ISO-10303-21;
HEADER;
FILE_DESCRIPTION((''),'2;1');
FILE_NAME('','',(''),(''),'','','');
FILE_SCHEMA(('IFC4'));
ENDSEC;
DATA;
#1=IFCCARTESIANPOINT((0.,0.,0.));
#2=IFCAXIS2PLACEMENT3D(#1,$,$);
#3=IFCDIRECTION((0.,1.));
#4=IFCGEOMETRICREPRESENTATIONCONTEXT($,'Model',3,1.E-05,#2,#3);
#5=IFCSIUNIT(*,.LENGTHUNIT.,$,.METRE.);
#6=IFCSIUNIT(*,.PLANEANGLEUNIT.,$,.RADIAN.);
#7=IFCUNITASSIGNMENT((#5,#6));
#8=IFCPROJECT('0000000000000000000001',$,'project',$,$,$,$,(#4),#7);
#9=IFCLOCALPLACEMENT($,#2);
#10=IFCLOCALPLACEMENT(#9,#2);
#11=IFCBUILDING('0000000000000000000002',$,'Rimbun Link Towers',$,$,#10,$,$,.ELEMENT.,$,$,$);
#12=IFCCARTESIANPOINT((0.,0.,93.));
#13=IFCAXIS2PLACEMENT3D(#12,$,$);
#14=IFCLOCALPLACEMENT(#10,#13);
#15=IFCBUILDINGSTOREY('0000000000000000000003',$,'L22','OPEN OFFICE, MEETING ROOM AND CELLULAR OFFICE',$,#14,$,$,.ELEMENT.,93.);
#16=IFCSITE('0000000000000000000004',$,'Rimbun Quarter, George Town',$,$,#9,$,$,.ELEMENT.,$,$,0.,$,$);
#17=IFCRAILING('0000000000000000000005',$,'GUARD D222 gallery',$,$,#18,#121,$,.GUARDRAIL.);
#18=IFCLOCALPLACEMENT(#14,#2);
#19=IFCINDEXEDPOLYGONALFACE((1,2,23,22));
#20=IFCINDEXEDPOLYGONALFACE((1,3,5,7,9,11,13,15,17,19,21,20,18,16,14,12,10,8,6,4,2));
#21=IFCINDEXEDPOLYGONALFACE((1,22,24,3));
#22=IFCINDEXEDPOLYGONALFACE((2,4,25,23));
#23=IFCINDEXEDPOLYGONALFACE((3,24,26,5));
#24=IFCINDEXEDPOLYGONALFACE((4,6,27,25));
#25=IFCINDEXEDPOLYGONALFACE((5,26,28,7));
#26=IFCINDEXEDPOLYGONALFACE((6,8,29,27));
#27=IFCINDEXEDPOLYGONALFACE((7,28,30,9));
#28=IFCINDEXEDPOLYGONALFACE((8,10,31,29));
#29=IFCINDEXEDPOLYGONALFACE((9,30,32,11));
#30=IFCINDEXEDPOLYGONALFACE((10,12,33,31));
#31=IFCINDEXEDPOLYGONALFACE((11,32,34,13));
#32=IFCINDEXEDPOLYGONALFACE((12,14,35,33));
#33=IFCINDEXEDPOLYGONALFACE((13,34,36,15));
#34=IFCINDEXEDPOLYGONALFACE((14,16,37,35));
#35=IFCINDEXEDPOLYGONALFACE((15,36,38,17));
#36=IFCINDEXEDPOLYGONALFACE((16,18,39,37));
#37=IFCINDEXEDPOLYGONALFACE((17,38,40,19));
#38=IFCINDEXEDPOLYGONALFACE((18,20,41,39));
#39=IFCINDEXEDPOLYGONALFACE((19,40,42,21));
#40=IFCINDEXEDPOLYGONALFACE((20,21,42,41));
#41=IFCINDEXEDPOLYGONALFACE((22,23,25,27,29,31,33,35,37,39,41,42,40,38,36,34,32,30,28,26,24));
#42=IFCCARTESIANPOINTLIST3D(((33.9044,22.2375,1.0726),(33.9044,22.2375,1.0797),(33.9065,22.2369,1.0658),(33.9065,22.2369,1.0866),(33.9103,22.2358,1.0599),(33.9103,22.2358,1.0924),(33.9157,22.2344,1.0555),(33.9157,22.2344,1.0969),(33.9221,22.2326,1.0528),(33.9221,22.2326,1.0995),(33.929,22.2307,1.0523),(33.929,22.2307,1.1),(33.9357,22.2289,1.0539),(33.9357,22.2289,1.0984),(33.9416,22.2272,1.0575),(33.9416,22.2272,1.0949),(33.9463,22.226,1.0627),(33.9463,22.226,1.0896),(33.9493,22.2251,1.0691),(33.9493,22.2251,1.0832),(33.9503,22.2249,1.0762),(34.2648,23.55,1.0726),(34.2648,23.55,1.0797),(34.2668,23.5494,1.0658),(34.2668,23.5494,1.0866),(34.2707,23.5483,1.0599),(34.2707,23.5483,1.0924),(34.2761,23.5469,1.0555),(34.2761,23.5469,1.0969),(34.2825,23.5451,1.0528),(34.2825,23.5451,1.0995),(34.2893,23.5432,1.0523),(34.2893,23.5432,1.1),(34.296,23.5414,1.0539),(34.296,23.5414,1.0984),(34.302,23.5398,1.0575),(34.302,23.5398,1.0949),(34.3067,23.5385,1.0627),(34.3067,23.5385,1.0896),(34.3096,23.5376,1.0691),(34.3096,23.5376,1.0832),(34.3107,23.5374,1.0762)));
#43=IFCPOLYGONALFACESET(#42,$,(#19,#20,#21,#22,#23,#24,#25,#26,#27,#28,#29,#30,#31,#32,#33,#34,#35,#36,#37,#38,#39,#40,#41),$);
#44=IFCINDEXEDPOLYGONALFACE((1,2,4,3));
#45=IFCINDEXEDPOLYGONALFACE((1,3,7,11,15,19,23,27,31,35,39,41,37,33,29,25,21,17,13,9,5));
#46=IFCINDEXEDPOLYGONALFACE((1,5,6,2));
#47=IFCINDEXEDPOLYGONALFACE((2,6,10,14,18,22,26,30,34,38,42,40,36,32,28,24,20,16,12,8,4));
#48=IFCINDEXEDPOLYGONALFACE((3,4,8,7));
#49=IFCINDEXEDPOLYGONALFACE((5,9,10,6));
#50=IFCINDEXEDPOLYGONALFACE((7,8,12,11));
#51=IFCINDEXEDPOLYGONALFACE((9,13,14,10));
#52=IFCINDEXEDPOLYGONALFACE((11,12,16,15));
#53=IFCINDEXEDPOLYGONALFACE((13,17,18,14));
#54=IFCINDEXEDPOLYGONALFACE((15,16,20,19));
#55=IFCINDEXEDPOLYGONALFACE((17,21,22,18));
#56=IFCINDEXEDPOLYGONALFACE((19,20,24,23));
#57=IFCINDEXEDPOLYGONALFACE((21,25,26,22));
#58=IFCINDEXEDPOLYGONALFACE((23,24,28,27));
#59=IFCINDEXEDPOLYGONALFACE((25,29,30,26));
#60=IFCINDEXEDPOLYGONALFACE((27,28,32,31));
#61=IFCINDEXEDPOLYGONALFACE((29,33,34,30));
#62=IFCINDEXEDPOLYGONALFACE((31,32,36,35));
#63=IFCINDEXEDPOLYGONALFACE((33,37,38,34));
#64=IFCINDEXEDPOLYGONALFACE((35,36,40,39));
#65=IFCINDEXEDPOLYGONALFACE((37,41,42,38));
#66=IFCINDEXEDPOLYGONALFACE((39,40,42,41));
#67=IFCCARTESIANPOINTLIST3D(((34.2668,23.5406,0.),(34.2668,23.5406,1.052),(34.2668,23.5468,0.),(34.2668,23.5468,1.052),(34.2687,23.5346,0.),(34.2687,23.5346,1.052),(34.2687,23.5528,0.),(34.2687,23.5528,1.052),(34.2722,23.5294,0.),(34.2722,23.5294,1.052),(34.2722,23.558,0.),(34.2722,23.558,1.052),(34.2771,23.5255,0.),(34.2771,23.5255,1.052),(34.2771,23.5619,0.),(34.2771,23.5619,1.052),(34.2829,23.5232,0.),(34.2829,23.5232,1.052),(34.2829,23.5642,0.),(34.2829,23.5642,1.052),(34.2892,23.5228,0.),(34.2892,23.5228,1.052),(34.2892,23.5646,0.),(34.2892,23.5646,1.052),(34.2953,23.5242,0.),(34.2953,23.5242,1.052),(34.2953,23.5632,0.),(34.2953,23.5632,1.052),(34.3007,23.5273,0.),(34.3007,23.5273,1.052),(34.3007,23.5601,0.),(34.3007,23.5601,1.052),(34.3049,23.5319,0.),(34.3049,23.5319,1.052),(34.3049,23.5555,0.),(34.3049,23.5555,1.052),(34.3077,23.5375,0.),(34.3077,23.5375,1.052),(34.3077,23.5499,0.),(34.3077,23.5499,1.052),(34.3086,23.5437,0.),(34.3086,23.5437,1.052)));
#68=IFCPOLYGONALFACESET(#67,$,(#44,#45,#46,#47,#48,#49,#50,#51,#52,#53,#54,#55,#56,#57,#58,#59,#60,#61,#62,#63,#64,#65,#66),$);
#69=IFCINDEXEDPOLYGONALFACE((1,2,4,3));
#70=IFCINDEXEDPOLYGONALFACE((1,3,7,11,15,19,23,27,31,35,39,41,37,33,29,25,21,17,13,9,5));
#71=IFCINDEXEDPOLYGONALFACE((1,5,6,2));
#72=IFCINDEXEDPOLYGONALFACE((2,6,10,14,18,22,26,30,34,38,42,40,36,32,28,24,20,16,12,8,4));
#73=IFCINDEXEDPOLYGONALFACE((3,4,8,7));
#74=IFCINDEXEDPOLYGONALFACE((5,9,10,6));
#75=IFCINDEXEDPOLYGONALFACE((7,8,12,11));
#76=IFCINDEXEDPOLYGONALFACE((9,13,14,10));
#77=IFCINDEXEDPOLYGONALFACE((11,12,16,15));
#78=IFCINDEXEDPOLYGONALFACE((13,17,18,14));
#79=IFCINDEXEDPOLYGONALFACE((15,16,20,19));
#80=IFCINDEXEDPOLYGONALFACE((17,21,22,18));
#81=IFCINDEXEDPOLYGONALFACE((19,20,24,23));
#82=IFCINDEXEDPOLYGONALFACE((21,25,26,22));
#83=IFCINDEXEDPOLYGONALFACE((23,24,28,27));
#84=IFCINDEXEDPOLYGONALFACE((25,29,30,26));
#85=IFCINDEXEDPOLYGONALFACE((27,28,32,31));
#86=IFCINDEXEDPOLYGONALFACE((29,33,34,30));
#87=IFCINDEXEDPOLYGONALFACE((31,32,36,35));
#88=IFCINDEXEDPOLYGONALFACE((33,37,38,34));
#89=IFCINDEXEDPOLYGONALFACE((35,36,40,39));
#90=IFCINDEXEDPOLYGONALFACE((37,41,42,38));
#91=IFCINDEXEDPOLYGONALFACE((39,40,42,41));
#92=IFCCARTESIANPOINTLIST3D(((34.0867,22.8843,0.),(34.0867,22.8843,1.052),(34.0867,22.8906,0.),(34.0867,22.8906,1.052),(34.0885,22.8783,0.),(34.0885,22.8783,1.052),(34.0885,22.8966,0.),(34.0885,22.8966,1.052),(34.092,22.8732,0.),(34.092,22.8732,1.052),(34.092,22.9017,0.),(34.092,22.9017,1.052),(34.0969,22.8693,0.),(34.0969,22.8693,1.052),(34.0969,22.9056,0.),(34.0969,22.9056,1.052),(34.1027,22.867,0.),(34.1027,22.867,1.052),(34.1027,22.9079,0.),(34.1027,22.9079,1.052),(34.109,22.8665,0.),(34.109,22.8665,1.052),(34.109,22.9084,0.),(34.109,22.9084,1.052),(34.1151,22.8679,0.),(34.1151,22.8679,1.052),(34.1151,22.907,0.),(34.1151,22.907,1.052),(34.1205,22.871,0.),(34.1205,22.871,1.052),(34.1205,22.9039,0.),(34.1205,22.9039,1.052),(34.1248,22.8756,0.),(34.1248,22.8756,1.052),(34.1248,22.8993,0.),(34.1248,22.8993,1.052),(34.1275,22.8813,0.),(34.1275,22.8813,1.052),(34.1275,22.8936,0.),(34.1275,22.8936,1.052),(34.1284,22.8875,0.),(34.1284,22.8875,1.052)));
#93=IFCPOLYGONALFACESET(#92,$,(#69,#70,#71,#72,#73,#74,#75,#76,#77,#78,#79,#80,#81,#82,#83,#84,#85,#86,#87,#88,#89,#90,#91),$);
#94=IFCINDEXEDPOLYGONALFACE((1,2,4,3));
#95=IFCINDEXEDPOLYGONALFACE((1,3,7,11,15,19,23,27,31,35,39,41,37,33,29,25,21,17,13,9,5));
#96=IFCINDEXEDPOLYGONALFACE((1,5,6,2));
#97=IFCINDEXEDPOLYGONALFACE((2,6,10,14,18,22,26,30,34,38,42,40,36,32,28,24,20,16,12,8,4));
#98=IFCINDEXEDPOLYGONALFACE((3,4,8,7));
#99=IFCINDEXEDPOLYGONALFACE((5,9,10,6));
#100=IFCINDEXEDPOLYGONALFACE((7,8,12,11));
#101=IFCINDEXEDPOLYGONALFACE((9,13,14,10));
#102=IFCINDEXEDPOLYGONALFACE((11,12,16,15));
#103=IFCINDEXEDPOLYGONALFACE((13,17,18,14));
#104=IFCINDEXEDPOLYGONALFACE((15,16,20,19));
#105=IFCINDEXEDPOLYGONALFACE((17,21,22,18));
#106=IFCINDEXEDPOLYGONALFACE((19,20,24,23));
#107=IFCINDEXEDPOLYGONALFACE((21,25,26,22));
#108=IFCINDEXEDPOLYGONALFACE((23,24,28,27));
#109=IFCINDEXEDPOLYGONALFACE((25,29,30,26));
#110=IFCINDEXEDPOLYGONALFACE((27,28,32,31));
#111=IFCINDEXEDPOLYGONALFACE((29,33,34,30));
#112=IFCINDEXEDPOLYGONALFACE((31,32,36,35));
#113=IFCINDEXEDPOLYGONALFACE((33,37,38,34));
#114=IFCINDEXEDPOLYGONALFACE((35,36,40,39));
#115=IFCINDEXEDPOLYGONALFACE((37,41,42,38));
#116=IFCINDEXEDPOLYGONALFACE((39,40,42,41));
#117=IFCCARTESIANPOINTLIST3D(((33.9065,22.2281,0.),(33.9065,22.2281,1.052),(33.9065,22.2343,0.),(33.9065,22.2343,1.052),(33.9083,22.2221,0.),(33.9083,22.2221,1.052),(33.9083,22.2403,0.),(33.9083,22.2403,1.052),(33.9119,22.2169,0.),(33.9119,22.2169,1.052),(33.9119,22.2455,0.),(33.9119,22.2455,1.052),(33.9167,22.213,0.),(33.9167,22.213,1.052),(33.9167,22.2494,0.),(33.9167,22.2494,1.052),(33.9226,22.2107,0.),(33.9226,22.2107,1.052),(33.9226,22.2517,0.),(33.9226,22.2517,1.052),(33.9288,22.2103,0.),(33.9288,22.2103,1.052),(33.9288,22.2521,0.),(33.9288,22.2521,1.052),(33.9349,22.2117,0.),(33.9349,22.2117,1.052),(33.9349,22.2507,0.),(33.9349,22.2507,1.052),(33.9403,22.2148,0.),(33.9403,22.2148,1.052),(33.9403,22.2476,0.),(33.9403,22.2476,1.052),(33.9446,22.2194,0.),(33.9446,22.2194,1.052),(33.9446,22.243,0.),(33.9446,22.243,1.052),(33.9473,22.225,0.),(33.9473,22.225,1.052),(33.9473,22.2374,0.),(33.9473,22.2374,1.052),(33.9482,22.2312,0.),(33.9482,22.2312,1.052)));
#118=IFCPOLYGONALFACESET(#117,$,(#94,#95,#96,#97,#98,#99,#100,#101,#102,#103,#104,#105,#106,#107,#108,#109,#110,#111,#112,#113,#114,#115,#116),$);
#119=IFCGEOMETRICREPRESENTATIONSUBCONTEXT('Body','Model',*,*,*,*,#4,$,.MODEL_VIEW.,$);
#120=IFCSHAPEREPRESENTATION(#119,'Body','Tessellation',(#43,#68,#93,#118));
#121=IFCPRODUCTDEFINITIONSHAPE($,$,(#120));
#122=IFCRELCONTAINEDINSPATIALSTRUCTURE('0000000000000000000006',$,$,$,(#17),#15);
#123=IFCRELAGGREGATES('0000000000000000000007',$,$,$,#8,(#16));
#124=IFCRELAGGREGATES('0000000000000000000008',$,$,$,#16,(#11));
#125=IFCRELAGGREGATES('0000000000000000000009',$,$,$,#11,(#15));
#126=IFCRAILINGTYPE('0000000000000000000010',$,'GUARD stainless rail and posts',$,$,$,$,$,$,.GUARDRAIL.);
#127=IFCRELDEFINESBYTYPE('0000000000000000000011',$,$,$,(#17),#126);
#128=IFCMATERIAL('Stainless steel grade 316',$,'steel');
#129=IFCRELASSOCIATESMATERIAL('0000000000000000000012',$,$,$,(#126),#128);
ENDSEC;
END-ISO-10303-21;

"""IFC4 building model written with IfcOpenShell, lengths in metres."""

from ifc_helpers import new_model, si_unit, direction, frame, origin, origin_2d, place, context, subcontext, project, spatial, circle, extrude, material, type_object, element, save


model = new_model("IFC4")

# Units and contexts
model_context = context("Model", 3, precision=1e-05, world=origin(), true_north=direction((0.0, 1.0)))
body_context = subcontext(model_context, "Body", "Model", "MODEL_VIEW")
ifc_project = project(units=[si_unit("LENGTHUNIT", "METRE"), si_unit("PLANEANGLEUNIT", "RADIAN")], contexts=[model_context])

# Site, building, storey
site_placement = place(None, origin())
site = spatial("IfcSite", under=ifc_project, at=site_placement, Name="Rimbun Quarter, George Town", CompositionType="ELEMENT", RefElevation=0.0)
building_placement = place(site_placement, origin())
building = spatial("IfcBuilding", under=site, at=building_placement, Name="Rimbun Link Towers", CompositionType="ELEMENT")
storey_placement = place(building_placement, frame((0.0, 0.0, 93.0)))
storey = spatial("IfcBuildingStorey", under=building, at=storey_placement, Name="L22", Description="OPEN OFFICE, MEETING ROOM AND CELLULAR OFFICE", CompositionType="ELEMENT", Elevation=93.0)

# Railing
ifc_material_1 = material(Name="Stainless steel grade 316", Category="steel")
railing_type = type_object("IfcRailingType", Name="GUARD stainless rail and posts", PredefinedType="GUARDRAIL", material=ifc_material_1)
railing_1_placement = place(storey_placement, frame((34.2876, 23.5437, 0.0)))
element("IfcRailing", 1, at=railing_1_placement, inside=storey, type_object=railing_type, Name="GUARD D222 gallery", PredefinedType="GUARDRAIL", context=body_context, shape_type="SweptSolid", body=[
    extrude(circle(Radius=0.0239, at=origin_2d()), frame((0.0, 0.0, 1.0762), z_axis=(-0.264756, -0.964315, 0.0), x_axis=(0.964315, -0.264756, 0.0)), (0.0, 0.0, 1.0), 1.3611),
    extrude(circle(Radius=0.021, at=origin_2d()), origin(), (0.0, 0.0, 1.0), 1.052),
    extrude(circle(Radius=0.021, at=origin_2d()), frame((-0.1802, -0.6562, 0.0)), (0.0, 0.0, 1.0), 1.052),
    extrude(circle(Radius=0.021, at=origin_2d()), frame((-0.3604, -1.3125, 0.0)), (0.0, 0.0, 1.0), 1.052),
])

save(model, "model.ifc")
